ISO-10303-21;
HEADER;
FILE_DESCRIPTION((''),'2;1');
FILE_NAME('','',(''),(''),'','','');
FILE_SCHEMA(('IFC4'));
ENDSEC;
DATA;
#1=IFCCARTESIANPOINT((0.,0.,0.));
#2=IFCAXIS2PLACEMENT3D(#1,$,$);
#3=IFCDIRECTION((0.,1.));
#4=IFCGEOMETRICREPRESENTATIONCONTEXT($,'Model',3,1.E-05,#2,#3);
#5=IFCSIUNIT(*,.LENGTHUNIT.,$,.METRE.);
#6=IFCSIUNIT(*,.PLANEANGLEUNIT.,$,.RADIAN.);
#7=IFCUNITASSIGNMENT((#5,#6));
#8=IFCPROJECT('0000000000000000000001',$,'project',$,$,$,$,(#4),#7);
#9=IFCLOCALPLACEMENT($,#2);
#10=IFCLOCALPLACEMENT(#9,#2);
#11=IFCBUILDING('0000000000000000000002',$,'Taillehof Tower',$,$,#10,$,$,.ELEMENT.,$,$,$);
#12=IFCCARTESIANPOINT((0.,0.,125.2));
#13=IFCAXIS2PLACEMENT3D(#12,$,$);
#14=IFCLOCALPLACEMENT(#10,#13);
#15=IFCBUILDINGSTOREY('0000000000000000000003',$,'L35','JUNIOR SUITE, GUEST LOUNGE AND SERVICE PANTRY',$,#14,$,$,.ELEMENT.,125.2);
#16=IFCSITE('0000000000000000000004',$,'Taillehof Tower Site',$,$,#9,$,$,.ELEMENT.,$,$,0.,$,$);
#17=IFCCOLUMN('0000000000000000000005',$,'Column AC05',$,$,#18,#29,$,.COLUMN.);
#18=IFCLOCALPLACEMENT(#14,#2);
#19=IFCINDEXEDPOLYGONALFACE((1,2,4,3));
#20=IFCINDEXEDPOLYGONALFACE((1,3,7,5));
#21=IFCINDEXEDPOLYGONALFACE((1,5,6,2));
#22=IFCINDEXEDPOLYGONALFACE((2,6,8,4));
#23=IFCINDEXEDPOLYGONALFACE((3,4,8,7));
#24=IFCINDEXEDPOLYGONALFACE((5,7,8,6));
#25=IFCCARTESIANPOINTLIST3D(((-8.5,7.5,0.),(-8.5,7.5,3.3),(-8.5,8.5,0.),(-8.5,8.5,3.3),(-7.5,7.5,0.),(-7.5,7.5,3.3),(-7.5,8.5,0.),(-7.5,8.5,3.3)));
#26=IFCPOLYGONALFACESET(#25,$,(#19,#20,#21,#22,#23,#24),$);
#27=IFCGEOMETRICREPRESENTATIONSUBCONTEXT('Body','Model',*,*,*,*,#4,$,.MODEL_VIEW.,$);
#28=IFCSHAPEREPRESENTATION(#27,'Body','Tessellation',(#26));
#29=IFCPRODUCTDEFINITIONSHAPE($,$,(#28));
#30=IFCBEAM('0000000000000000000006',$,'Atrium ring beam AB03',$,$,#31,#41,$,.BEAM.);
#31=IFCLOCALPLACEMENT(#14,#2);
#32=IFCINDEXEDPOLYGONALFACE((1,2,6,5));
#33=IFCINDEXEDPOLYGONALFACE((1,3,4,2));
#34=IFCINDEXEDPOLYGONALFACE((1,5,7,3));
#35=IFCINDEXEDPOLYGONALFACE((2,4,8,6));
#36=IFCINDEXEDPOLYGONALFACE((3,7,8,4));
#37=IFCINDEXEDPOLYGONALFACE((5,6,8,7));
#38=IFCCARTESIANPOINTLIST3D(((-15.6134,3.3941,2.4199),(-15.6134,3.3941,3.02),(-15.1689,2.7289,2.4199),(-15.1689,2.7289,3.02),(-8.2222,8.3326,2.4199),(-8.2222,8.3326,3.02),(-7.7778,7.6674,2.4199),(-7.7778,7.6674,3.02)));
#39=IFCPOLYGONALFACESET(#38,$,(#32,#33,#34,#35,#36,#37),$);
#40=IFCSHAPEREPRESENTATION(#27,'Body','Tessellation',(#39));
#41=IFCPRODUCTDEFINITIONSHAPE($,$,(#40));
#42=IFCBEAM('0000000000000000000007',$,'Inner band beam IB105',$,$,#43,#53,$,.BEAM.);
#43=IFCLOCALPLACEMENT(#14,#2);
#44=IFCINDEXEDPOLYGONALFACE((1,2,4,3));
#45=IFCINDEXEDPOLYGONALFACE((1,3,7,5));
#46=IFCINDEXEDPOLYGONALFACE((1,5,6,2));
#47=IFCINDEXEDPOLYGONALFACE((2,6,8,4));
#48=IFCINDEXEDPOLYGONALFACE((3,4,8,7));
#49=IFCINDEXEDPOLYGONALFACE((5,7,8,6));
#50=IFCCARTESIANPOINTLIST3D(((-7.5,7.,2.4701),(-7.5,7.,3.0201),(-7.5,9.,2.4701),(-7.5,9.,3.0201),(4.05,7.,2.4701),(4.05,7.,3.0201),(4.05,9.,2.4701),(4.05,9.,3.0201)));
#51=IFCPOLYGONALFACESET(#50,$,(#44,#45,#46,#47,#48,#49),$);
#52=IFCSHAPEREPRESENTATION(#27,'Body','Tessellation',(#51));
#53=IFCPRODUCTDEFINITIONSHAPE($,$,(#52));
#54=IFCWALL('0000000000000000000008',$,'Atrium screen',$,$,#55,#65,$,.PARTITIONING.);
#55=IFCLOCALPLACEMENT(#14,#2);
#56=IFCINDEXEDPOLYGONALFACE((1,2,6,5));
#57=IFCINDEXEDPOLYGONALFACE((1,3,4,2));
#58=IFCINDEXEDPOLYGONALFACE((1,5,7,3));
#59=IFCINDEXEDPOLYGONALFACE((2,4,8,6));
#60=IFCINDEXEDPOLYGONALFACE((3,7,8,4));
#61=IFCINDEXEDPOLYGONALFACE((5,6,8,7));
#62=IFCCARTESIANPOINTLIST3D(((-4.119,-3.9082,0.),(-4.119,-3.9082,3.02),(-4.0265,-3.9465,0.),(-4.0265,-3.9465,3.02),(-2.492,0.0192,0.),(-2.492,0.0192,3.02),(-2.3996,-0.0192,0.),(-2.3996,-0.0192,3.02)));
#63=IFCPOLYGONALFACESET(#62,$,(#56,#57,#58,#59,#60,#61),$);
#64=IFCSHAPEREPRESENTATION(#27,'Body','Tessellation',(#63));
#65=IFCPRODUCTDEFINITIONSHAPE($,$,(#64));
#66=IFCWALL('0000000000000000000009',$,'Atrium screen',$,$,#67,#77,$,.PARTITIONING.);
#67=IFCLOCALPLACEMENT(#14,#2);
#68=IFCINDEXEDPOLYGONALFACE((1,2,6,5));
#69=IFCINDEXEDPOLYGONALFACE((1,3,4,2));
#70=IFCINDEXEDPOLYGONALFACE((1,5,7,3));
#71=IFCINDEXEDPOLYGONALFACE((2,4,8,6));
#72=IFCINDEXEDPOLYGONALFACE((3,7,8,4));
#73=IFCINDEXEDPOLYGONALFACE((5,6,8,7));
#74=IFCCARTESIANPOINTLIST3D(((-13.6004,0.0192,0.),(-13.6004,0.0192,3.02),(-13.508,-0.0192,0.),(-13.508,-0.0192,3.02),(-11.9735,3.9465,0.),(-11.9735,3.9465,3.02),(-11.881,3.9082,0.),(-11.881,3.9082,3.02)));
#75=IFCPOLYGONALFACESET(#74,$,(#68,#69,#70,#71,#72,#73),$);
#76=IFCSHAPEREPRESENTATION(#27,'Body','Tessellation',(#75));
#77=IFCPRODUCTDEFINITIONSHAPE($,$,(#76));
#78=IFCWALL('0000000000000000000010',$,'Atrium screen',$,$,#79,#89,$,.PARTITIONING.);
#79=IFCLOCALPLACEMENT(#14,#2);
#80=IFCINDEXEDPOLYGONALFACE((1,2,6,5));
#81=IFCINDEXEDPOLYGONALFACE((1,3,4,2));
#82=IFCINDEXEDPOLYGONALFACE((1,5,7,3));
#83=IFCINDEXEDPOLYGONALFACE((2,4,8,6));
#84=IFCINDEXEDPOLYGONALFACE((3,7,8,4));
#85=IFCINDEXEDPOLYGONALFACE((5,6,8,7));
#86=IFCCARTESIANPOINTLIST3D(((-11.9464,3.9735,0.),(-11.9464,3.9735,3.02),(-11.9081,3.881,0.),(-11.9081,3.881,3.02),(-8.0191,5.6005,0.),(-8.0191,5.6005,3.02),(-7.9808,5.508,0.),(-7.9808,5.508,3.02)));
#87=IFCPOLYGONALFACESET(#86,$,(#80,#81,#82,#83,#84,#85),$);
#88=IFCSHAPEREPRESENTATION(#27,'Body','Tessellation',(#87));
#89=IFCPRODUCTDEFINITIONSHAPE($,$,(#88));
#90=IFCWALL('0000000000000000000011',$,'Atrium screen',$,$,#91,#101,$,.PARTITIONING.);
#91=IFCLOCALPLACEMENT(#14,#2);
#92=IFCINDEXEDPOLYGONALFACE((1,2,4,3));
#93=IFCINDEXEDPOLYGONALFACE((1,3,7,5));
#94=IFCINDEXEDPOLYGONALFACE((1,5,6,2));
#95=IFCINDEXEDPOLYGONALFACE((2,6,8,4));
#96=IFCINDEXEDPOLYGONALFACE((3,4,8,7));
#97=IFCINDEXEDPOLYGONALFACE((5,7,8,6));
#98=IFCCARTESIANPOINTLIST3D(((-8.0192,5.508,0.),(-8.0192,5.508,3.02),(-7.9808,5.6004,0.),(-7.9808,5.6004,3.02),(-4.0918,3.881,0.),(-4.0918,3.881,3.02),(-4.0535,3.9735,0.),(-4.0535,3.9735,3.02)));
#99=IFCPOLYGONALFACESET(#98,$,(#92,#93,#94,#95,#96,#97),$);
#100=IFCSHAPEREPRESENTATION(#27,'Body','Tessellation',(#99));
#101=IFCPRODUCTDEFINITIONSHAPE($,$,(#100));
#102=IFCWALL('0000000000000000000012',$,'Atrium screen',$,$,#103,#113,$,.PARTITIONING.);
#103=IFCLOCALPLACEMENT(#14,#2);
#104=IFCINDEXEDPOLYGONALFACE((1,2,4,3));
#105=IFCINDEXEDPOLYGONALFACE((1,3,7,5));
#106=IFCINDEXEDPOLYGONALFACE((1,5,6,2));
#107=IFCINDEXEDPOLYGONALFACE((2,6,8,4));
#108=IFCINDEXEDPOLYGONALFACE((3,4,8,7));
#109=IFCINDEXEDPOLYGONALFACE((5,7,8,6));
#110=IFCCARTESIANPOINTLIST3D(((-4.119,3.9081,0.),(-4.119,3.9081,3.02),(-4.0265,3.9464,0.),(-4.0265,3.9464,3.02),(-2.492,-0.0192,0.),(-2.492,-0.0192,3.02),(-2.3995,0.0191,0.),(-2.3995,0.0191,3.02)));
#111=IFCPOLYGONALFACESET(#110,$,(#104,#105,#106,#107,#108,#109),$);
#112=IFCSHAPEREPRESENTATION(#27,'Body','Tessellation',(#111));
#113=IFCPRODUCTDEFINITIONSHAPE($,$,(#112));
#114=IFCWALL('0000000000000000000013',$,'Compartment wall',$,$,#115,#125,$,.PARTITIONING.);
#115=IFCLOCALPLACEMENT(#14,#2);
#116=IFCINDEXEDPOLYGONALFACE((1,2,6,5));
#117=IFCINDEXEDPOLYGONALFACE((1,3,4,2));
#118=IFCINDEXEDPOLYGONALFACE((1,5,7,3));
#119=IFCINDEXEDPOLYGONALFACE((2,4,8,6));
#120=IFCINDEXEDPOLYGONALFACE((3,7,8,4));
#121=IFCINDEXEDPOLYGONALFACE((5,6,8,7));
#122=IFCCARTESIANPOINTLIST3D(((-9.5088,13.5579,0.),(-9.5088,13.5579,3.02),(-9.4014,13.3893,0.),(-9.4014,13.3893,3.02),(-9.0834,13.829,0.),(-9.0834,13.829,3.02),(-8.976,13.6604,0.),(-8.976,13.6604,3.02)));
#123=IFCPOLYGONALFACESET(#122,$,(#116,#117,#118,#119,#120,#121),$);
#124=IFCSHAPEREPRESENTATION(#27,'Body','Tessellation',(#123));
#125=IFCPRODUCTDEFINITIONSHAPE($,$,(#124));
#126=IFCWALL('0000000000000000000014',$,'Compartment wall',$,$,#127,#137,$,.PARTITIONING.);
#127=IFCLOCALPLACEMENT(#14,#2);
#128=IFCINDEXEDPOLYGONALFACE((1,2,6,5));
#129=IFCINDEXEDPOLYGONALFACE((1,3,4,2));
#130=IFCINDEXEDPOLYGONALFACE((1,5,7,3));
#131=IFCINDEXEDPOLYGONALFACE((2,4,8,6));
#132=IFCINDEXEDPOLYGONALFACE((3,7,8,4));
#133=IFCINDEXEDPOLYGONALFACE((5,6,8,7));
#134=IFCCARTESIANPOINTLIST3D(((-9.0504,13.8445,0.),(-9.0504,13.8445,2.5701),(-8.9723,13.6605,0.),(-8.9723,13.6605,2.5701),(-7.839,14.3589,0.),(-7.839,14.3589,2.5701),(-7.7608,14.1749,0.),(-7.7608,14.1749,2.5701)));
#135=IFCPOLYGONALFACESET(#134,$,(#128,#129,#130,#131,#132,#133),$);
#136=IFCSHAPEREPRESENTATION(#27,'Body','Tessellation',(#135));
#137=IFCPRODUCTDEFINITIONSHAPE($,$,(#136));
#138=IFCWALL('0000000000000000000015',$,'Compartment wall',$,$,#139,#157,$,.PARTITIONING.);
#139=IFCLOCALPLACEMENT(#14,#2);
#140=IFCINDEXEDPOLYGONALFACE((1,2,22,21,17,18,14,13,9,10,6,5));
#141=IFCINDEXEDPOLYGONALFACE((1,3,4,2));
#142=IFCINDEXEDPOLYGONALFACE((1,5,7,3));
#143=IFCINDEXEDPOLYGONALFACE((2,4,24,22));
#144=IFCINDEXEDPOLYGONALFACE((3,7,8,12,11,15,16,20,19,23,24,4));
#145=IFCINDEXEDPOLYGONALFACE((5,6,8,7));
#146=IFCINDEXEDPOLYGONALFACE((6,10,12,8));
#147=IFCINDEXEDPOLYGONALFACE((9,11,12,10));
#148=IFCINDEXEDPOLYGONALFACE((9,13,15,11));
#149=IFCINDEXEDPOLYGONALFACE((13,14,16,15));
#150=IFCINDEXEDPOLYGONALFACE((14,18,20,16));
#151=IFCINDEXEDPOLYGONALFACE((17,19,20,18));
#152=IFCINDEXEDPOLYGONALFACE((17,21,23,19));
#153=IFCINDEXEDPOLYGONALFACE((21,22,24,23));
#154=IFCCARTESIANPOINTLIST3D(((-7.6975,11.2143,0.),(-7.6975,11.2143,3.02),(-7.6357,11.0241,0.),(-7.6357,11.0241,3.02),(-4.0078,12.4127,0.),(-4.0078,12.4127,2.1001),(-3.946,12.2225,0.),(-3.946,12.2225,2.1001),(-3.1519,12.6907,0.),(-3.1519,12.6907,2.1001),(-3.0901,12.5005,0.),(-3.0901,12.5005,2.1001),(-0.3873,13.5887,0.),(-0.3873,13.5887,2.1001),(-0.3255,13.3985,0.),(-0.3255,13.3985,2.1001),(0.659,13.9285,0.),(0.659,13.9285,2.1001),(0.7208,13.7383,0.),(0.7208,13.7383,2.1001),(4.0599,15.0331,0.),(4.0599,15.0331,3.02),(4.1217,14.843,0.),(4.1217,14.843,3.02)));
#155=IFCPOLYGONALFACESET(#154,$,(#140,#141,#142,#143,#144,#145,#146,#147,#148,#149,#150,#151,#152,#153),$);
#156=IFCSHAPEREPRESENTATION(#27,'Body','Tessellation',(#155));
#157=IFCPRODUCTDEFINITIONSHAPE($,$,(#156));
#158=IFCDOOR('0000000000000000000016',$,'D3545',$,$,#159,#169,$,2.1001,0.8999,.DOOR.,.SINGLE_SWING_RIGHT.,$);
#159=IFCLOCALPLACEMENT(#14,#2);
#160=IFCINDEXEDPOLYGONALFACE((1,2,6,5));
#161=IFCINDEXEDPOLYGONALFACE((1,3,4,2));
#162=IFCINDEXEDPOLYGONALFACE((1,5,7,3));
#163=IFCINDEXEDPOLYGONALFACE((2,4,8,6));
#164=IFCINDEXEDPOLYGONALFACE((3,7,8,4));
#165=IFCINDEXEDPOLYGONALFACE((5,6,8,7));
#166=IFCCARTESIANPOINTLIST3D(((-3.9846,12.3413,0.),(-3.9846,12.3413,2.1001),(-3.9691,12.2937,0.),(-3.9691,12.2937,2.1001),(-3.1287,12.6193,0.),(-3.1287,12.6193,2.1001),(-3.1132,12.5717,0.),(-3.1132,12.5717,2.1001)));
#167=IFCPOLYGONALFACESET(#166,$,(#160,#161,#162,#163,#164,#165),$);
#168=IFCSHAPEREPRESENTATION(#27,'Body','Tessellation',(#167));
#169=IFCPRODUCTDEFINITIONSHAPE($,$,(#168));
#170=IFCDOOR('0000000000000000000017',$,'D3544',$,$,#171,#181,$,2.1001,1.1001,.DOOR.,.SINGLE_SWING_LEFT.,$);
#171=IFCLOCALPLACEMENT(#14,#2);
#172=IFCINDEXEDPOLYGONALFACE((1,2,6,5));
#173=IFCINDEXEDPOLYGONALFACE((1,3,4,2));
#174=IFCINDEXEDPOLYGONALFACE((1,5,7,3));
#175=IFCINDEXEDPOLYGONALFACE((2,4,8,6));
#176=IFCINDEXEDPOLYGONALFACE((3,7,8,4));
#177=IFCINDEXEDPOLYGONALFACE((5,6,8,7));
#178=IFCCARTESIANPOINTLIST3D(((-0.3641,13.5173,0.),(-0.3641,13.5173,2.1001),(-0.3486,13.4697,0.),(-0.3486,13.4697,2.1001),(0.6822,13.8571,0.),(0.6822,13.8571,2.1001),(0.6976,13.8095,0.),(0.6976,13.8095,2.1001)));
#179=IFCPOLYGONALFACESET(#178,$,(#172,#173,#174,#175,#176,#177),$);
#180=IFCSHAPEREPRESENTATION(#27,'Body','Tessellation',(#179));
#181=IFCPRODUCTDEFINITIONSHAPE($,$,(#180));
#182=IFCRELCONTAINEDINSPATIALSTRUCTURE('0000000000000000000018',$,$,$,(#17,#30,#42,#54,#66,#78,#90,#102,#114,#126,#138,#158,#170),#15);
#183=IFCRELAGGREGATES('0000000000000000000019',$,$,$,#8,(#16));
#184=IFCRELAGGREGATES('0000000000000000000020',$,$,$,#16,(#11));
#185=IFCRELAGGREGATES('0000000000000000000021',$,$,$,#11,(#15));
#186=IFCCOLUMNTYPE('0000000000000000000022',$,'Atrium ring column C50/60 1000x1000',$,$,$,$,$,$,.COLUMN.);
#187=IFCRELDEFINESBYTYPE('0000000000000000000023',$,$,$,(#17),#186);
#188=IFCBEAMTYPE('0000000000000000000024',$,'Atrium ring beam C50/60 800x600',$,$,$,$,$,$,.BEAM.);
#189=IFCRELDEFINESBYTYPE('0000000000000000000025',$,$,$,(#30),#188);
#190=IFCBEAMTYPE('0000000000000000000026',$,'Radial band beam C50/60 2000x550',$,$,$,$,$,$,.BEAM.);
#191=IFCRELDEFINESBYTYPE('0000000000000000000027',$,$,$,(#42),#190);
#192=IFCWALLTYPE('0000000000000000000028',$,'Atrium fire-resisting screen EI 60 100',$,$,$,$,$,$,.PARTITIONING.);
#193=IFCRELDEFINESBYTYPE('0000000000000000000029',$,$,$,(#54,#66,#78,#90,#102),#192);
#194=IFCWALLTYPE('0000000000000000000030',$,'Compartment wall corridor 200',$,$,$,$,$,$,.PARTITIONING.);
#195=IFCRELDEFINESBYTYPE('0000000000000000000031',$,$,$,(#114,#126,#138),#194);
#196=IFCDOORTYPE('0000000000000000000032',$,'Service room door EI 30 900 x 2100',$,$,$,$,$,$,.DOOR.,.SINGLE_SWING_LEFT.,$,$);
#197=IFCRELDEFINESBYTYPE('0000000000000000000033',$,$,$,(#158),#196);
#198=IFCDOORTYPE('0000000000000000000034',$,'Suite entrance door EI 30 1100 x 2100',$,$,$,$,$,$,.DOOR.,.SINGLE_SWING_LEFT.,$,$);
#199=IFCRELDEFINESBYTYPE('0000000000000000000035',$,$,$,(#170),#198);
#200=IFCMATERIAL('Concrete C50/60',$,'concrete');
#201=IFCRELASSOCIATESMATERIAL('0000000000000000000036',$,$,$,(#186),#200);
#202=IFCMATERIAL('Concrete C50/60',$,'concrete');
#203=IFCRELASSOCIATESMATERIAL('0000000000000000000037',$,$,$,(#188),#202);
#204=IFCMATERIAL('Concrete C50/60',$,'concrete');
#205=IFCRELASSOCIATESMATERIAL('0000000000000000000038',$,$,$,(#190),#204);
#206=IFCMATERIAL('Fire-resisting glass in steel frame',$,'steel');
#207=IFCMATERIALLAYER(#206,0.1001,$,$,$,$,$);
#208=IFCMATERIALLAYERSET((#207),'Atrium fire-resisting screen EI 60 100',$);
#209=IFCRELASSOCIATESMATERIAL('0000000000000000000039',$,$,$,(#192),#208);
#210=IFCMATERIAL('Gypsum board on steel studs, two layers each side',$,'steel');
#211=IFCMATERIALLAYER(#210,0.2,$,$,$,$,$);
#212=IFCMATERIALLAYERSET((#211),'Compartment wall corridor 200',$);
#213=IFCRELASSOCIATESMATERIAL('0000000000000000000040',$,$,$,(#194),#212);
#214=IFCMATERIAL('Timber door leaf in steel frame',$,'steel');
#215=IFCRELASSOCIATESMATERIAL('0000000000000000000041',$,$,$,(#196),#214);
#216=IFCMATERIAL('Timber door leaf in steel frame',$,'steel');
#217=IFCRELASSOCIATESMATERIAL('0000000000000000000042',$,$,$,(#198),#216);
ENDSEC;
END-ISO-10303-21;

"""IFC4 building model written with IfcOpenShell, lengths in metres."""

from ifc_helpers import new_model, si_unit, direction, frame, frame_2d, origin, origin_2d, place, context, subcontext, project, spatial, rectangle, extrude, material, layer, layer_set, material_profile, profile_set, type_object, element, fill, save


model = new_model("IFC4")

# Units and contexts
model_context = context("Model", 3, precision=1e-05, world=origin(), true_north=direction((0.0, 1.0)))
body_context = subcontext(model_context, "Body", "Model", "MODEL_VIEW")
ifc_project = project(units=[si_unit("LENGTHUNIT", "METRE"), si_unit("PLANEANGLEUNIT", "RADIAN")], contexts=[model_context])

# Site, building, storey
site_placement = place(None, origin())
site = spatial("IfcSite", under=ifc_project, at=site_placement, Name="Taillehof Tower Site", CompositionType="ELEMENT", RefElevation=0.0)
building_placement = place(site_placement, origin())
building = spatial("IfcBuilding", under=site, at=building_placement, Name="Taillehof Tower", CompositionType="ELEMENT")
storey_placement = place(building_placement, frame((0.0, 0.0, 125.2)))
storey = spatial("IfcBuildingStorey", under=building, at=storey_placement, Name="L35", Description="JUNIOR SUITE, GUEST LOUNGE AND SERVICE PANTRY", CompositionType="ELEMENT", Elevation=125.2)

# Column
ifc_material_1 = material(Name="Concrete C50/60", Category="concrete")
ifc_material_profile_1 = material_profile(ifc_material_1, rectangle(XDim=1.0, YDim=1.0, at=origin_2d()), Name="RC 1000x1000")
ifc_profile_set_1 = profile_set([ifc_material_profile_1], Name="Concrete C50/60")
column_type = type_object("IfcColumnType", Name="Atrium ring column C50/60 1000x1000", PredefinedType="COLUMN", material=ifc_profile_set_1)
column_placement = place(storey_placement, frame((-8.0, 8.0, 0.0), z_axis=(0.0, 0.0, 1.0), x_axis=(1.0, 0.0, 0.0)))
element("IfcColumn", 1, at=column_placement, inside=storey, type_object=column_type, Name="Column AC05", PredefinedType="COLUMN", context=body_context, shape_type="SweptSolid", body=[
    extrude(rectangle(XDim=1.0, YDim=1.0, at=origin_2d()), origin(), (0.0, 0.0, 1.0), 3.3),
])

# Beams
ifc_material_2 = material(Name="Concrete C50/60", Category="concrete")
ifc_material_profile_2 = material_profile(ifc_material_2, rectangle(XDim=0.8, YDim=0.6001, at=origin_2d()), Name="RC 800x600")
ifc_profile_set_2 = profile_set([ifc_material_profile_2], Name="Concrete C50/60")
beam_type_1 = type_object("IfcBeamType", Name="Atrium ring beam C50/60 800x600", PredefinedType="BEAM", material=ifc_profile_set_2)
beam_1_placement = place(storey_placement, frame((-8.0, 8.0, 2.72), z_axis=(-0.831475, -0.555562, 0.0), x_axis=(0.555562, -0.831475, 0.0)))
element("IfcBeam", 2, at=beam_1_placement, inside=storey, type_object=beam_type_1, Name="Atrium ring beam AB03", PredefinedType="BEAM", context=body_context, shape_type="SweptSolid", body=[
    extrude(rectangle(XDim=0.8, YDim=0.6001, at=origin_2d()), origin(), (0.0, 0.0, 1.0), 8.8892),
])
ifc_material_3 = material(Name="Concrete C50/60", Category="concrete")
ifc_material_profile_3 = material_profile(ifc_material_3, rectangle(XDim=2.0, YDim=0.55, at=origin_2d()), Name="RC 2000x550")
ifc_profile_set_3 = profile_set([ifc_material_profile_3], Name="Concrete C50/60")
beam_type_2 = type_object("IfcBeamType", Name="Radial band beam C50/60 2000x550", PredefinedType="BEAM", material=ifc_profile_set_3)
beam_2_placement = place(storey_placement, frame((-7.5, 8.0, 2.7451), z_axis=(1.0, 0.0, 0.0), x_axis=(0.0, 1.0, 0.0)))
element("IfcBeam", 3, at=beam_2_placement, inside=storey, type_object=beam_type_2, Name="Inner band beam IB105", PredefinedType="BEAM", context=body_context, shape_type="SweptSolid", body=[
    extrude(rectangle(XDim=2.0, YDim=0.55, at=origin_2d()), origin(), (0.0, 0.0, 1.0), 11.55),
])

# Walls
ifc_material_4 = material(Name="Fire-resisting glass in steel frame", Category="steel")
ifc_layer_1 = layer(ifc_material_4, 0.1001)
ifc_layer_set_1 = layer_set([ifc_layer_1], Name="Atrium fire-resisting screen EI 60 100")
wall_type_1 = type_object("IfcWallType", Name="Atrium fire-resisting screen EI 60 100", PredefinedType="PARTITIONING", material=ifc_layer_set_1)
for number, where, z_axis, x_axis, name in (
    (4, (-2.4458, 0.0, 0.0), (0.0, 0.0, 1.0), (-0.382731, -0.92386, 0.0), "Atrium screen"),
    (5, (-13.5542, 0.0, 0.0), (0.0, 0.0, 1.0), (0.382731, 0.92386, 0.0), "Atrium screen"),
    (6, (-11.9272, 3.9272, 0.0), (0.0, 0.0, 1.0), (0.92386, 0.382731, 0.0), "Atrium screen"),
    (7, (-8.0, 5.5542, 0.0), (0.0, 0.0, 1.0), (0.92386, -0.382731, 0.0), "Atrium screen"),
    (8, (-4.0728, 3.9272, 0.0), (0.0, 0.0, 1.0), (0.382731, -0.92386, 0.0), "Atrium screen"),
):
    element("IfcWall", number, at=place(storey_placement, frame(where, z_axis=z_axis, x_axis=x_axis)), inside=storey, type_object=wall_type_1, Name=name, PredefinedType="PARTITIONING", context=body_context, shape_type="SweptSolid", body=[
        extrude(rectangle(XDim=4.251, YDim=0.1001, at=frame_2d((2.1255, 0.0))), origin(), (0.0, 0.0, 1.0), 3.02),
    ])
ifc_material_5 = material(Name="Gypsum board on steel studs, two layers each side", Category="steel")
ifc_layer_2 = layer(ifc_material_5, 0.2)
ifc_layer_set_2 = layer_set([ifc_layer_2], Name="Compartment wall corridor 200")
wall_type_2 = type_object("IfcWallType", Name="Compartment wall corridor 200", PredefinedType="PARTITIONING", material=ifc_layer_set_2)
wall_1_placement = place(storey_placement, frame((-9.4551, 13.4736, 0.0), z_axis=(0.0, 0.0, 1.0), x_axis=(0.843342, 0.537377, 0.0)))
element("IfcWall", 9, at=wall_1_placement, inside=storey, type_object=wall_type_2, Name="Compartment wall", PredefinedType="PARTITIONING", context=body_context, shape_type="SweptSolid", body=[
    extrude(rectangle(XDim=0.5044, YDim=0.2, at=frame_2d((0.2522, 0.0))), origin(), (0.0, 0.0, 1.0), 3.02),
])
wall_2_placement = place(storey_placement, frame((-9.0115, 13.7524, 0.0), z_axis=(0.0, 0.0, 1.0), x_axis=(0.920454, 0.39085, 0.0)))
element("IfcWall", 10, at=wall_2_placement, inside=storey, type_object=wall_type_2, Name="Compartment wall", PredefinedType="PARTITIONING", context=body_context, shape_type="SweptSolid", body=[
    extrude(rectangle(XDim=1.3162, YDim=0.2, at=frame_2d((0.6582, 0.0))), origin(), (0.0, 0.0, 1.0), 2.5701),
])

# Wall, openings, doors
wall_3_placement = place(storey_placement, frame((-7.6667, 11.1191, 0.0), z_axis=(0.0, 0.0, 1.0), x_axis=(0.951088, 0.308919, 0.0)))
wall_3 = element("IfcWall", 11, at=wall_3_placement, inside=storey, type_object=wall_type_2, Name="Compartment wall", PredefinedType="PARTITIONING", context=body_context, shape_type="SweptSolid", body=[
    extrude(rectangle(XDim=12.3621, YDim=0.2, at=frame_2d((6.1812, 0.0))), origin(), (0.0, 0.0, 1.0), 3.02),
])
opening_1_placement = place(wall_3_placement, frame((7.6863, 0.0, 0.0)))
opening_1 = element("IfcOpeningElement", 12, at=opening_1_placement, cuts=wall_3, PredefinedType="OPENING", context=body_context, shape_type="SweptSolid", body=[
    extrude(rectangle(XDim=1.1001, YDim=2.1001, at=frame_2d((0.55, 1.05))), frame((0.0, 0.1099, 0.0), z_axis=(0.0, -1.0, 0.0), x_axis=(1.0, 0.0, 0.0)), (0.0, 0.0, 1.0), 0.22),
])
opening_2_placement = place(wall_3_placement, frame((3.8796, 0.0, 0.0)))
opening_2 = element("IfcOpeningElement", 13, at=opening_2_placement, cuts=wall_3, PredefinedType="OPENING", context=body_context, shape_type="SweptSolid", body=[
    extrude(rectangle(XDim=0.8999, YDim=2.1001, at=frame_2d((0.45, 1.05))), frame((0.0, 0.1099, 0.0), z_axis=(0.0, -1.0, 0.0), x_axis=(1.0, 0.0, 0.0)), (0.0, 0.0, 1.0), 0.22),
])
ifc_material_6 = material(Name="Timber door leaf in steel frame", Category="steel")
door_type_1 = type_object("IfcDoorType", Name="Service room door EI 30 900 x 2100", OperationType="SINGLE_SWING_LEFT", PredefinedType="DOOR", material=ifc_material_6)
door_1_placement = place(opening_2_placement, origin())
door_1 = element("IfcDoor", 14, at=door_1_placement, inside=storey, type_object=door_type_1, Name="D3545", OperationType="SINGLE_SWING_RIGHT", OverallHeight=2.1001, OverallWidth=0.8999, PredefinedType="DOOR", context=body_context, shape_type="SweptSolid", body=[
    extrude(rectangle(XDim=0.8999, YDim=2.1001, at=frame_2d((0.45, 1.05))), frame((0.0, 0.0249, 0.0), z_axis=(0.0, -1.0, 0.0), x_axis=(1.0, 0.0, 0.0)), (0.0, 0.0, 1.0), 0.05),
])
fill(opening_2, door_1)
ifc_material_7 = material(Name="Timber door leaf in steel frame", Category="steel")
door_type_2 = type_object("IfcDoorType", Name="Suite entrance door EI 30 1100 x 2100", OperationType="SINGLE_SWING_LEFT", PredefinedType="DOOR", material=ifc_material_7)
door_2_placement = place(opening_1_placement, origin())
door_2 = element("IfcDoor", 15, at=door_2_placement, inside=storey, type_object=door_type_2, Name="D3544", OperationType="SINGLE_SWING_LEFT", OverallHeight=2.1001, OverallWidth=1.1001, PredefinedType="DOOR", context=body_context, shape_type="SweptSolid", body=[
    extrude(rectangle(XDim=1.1001, YDim=2.1001, at=frame_2d((0.55, 1.05))), frame((0.0, 0.0249, 0.0), z_axis=(0.0, -1.0, 0.0), x_axis=(1.0, 0.0, 0.0)), (0.0, 0.0, 1.0), 0.05),
])
fill(opening_1, door_2)

save(model, "model.ifc")
